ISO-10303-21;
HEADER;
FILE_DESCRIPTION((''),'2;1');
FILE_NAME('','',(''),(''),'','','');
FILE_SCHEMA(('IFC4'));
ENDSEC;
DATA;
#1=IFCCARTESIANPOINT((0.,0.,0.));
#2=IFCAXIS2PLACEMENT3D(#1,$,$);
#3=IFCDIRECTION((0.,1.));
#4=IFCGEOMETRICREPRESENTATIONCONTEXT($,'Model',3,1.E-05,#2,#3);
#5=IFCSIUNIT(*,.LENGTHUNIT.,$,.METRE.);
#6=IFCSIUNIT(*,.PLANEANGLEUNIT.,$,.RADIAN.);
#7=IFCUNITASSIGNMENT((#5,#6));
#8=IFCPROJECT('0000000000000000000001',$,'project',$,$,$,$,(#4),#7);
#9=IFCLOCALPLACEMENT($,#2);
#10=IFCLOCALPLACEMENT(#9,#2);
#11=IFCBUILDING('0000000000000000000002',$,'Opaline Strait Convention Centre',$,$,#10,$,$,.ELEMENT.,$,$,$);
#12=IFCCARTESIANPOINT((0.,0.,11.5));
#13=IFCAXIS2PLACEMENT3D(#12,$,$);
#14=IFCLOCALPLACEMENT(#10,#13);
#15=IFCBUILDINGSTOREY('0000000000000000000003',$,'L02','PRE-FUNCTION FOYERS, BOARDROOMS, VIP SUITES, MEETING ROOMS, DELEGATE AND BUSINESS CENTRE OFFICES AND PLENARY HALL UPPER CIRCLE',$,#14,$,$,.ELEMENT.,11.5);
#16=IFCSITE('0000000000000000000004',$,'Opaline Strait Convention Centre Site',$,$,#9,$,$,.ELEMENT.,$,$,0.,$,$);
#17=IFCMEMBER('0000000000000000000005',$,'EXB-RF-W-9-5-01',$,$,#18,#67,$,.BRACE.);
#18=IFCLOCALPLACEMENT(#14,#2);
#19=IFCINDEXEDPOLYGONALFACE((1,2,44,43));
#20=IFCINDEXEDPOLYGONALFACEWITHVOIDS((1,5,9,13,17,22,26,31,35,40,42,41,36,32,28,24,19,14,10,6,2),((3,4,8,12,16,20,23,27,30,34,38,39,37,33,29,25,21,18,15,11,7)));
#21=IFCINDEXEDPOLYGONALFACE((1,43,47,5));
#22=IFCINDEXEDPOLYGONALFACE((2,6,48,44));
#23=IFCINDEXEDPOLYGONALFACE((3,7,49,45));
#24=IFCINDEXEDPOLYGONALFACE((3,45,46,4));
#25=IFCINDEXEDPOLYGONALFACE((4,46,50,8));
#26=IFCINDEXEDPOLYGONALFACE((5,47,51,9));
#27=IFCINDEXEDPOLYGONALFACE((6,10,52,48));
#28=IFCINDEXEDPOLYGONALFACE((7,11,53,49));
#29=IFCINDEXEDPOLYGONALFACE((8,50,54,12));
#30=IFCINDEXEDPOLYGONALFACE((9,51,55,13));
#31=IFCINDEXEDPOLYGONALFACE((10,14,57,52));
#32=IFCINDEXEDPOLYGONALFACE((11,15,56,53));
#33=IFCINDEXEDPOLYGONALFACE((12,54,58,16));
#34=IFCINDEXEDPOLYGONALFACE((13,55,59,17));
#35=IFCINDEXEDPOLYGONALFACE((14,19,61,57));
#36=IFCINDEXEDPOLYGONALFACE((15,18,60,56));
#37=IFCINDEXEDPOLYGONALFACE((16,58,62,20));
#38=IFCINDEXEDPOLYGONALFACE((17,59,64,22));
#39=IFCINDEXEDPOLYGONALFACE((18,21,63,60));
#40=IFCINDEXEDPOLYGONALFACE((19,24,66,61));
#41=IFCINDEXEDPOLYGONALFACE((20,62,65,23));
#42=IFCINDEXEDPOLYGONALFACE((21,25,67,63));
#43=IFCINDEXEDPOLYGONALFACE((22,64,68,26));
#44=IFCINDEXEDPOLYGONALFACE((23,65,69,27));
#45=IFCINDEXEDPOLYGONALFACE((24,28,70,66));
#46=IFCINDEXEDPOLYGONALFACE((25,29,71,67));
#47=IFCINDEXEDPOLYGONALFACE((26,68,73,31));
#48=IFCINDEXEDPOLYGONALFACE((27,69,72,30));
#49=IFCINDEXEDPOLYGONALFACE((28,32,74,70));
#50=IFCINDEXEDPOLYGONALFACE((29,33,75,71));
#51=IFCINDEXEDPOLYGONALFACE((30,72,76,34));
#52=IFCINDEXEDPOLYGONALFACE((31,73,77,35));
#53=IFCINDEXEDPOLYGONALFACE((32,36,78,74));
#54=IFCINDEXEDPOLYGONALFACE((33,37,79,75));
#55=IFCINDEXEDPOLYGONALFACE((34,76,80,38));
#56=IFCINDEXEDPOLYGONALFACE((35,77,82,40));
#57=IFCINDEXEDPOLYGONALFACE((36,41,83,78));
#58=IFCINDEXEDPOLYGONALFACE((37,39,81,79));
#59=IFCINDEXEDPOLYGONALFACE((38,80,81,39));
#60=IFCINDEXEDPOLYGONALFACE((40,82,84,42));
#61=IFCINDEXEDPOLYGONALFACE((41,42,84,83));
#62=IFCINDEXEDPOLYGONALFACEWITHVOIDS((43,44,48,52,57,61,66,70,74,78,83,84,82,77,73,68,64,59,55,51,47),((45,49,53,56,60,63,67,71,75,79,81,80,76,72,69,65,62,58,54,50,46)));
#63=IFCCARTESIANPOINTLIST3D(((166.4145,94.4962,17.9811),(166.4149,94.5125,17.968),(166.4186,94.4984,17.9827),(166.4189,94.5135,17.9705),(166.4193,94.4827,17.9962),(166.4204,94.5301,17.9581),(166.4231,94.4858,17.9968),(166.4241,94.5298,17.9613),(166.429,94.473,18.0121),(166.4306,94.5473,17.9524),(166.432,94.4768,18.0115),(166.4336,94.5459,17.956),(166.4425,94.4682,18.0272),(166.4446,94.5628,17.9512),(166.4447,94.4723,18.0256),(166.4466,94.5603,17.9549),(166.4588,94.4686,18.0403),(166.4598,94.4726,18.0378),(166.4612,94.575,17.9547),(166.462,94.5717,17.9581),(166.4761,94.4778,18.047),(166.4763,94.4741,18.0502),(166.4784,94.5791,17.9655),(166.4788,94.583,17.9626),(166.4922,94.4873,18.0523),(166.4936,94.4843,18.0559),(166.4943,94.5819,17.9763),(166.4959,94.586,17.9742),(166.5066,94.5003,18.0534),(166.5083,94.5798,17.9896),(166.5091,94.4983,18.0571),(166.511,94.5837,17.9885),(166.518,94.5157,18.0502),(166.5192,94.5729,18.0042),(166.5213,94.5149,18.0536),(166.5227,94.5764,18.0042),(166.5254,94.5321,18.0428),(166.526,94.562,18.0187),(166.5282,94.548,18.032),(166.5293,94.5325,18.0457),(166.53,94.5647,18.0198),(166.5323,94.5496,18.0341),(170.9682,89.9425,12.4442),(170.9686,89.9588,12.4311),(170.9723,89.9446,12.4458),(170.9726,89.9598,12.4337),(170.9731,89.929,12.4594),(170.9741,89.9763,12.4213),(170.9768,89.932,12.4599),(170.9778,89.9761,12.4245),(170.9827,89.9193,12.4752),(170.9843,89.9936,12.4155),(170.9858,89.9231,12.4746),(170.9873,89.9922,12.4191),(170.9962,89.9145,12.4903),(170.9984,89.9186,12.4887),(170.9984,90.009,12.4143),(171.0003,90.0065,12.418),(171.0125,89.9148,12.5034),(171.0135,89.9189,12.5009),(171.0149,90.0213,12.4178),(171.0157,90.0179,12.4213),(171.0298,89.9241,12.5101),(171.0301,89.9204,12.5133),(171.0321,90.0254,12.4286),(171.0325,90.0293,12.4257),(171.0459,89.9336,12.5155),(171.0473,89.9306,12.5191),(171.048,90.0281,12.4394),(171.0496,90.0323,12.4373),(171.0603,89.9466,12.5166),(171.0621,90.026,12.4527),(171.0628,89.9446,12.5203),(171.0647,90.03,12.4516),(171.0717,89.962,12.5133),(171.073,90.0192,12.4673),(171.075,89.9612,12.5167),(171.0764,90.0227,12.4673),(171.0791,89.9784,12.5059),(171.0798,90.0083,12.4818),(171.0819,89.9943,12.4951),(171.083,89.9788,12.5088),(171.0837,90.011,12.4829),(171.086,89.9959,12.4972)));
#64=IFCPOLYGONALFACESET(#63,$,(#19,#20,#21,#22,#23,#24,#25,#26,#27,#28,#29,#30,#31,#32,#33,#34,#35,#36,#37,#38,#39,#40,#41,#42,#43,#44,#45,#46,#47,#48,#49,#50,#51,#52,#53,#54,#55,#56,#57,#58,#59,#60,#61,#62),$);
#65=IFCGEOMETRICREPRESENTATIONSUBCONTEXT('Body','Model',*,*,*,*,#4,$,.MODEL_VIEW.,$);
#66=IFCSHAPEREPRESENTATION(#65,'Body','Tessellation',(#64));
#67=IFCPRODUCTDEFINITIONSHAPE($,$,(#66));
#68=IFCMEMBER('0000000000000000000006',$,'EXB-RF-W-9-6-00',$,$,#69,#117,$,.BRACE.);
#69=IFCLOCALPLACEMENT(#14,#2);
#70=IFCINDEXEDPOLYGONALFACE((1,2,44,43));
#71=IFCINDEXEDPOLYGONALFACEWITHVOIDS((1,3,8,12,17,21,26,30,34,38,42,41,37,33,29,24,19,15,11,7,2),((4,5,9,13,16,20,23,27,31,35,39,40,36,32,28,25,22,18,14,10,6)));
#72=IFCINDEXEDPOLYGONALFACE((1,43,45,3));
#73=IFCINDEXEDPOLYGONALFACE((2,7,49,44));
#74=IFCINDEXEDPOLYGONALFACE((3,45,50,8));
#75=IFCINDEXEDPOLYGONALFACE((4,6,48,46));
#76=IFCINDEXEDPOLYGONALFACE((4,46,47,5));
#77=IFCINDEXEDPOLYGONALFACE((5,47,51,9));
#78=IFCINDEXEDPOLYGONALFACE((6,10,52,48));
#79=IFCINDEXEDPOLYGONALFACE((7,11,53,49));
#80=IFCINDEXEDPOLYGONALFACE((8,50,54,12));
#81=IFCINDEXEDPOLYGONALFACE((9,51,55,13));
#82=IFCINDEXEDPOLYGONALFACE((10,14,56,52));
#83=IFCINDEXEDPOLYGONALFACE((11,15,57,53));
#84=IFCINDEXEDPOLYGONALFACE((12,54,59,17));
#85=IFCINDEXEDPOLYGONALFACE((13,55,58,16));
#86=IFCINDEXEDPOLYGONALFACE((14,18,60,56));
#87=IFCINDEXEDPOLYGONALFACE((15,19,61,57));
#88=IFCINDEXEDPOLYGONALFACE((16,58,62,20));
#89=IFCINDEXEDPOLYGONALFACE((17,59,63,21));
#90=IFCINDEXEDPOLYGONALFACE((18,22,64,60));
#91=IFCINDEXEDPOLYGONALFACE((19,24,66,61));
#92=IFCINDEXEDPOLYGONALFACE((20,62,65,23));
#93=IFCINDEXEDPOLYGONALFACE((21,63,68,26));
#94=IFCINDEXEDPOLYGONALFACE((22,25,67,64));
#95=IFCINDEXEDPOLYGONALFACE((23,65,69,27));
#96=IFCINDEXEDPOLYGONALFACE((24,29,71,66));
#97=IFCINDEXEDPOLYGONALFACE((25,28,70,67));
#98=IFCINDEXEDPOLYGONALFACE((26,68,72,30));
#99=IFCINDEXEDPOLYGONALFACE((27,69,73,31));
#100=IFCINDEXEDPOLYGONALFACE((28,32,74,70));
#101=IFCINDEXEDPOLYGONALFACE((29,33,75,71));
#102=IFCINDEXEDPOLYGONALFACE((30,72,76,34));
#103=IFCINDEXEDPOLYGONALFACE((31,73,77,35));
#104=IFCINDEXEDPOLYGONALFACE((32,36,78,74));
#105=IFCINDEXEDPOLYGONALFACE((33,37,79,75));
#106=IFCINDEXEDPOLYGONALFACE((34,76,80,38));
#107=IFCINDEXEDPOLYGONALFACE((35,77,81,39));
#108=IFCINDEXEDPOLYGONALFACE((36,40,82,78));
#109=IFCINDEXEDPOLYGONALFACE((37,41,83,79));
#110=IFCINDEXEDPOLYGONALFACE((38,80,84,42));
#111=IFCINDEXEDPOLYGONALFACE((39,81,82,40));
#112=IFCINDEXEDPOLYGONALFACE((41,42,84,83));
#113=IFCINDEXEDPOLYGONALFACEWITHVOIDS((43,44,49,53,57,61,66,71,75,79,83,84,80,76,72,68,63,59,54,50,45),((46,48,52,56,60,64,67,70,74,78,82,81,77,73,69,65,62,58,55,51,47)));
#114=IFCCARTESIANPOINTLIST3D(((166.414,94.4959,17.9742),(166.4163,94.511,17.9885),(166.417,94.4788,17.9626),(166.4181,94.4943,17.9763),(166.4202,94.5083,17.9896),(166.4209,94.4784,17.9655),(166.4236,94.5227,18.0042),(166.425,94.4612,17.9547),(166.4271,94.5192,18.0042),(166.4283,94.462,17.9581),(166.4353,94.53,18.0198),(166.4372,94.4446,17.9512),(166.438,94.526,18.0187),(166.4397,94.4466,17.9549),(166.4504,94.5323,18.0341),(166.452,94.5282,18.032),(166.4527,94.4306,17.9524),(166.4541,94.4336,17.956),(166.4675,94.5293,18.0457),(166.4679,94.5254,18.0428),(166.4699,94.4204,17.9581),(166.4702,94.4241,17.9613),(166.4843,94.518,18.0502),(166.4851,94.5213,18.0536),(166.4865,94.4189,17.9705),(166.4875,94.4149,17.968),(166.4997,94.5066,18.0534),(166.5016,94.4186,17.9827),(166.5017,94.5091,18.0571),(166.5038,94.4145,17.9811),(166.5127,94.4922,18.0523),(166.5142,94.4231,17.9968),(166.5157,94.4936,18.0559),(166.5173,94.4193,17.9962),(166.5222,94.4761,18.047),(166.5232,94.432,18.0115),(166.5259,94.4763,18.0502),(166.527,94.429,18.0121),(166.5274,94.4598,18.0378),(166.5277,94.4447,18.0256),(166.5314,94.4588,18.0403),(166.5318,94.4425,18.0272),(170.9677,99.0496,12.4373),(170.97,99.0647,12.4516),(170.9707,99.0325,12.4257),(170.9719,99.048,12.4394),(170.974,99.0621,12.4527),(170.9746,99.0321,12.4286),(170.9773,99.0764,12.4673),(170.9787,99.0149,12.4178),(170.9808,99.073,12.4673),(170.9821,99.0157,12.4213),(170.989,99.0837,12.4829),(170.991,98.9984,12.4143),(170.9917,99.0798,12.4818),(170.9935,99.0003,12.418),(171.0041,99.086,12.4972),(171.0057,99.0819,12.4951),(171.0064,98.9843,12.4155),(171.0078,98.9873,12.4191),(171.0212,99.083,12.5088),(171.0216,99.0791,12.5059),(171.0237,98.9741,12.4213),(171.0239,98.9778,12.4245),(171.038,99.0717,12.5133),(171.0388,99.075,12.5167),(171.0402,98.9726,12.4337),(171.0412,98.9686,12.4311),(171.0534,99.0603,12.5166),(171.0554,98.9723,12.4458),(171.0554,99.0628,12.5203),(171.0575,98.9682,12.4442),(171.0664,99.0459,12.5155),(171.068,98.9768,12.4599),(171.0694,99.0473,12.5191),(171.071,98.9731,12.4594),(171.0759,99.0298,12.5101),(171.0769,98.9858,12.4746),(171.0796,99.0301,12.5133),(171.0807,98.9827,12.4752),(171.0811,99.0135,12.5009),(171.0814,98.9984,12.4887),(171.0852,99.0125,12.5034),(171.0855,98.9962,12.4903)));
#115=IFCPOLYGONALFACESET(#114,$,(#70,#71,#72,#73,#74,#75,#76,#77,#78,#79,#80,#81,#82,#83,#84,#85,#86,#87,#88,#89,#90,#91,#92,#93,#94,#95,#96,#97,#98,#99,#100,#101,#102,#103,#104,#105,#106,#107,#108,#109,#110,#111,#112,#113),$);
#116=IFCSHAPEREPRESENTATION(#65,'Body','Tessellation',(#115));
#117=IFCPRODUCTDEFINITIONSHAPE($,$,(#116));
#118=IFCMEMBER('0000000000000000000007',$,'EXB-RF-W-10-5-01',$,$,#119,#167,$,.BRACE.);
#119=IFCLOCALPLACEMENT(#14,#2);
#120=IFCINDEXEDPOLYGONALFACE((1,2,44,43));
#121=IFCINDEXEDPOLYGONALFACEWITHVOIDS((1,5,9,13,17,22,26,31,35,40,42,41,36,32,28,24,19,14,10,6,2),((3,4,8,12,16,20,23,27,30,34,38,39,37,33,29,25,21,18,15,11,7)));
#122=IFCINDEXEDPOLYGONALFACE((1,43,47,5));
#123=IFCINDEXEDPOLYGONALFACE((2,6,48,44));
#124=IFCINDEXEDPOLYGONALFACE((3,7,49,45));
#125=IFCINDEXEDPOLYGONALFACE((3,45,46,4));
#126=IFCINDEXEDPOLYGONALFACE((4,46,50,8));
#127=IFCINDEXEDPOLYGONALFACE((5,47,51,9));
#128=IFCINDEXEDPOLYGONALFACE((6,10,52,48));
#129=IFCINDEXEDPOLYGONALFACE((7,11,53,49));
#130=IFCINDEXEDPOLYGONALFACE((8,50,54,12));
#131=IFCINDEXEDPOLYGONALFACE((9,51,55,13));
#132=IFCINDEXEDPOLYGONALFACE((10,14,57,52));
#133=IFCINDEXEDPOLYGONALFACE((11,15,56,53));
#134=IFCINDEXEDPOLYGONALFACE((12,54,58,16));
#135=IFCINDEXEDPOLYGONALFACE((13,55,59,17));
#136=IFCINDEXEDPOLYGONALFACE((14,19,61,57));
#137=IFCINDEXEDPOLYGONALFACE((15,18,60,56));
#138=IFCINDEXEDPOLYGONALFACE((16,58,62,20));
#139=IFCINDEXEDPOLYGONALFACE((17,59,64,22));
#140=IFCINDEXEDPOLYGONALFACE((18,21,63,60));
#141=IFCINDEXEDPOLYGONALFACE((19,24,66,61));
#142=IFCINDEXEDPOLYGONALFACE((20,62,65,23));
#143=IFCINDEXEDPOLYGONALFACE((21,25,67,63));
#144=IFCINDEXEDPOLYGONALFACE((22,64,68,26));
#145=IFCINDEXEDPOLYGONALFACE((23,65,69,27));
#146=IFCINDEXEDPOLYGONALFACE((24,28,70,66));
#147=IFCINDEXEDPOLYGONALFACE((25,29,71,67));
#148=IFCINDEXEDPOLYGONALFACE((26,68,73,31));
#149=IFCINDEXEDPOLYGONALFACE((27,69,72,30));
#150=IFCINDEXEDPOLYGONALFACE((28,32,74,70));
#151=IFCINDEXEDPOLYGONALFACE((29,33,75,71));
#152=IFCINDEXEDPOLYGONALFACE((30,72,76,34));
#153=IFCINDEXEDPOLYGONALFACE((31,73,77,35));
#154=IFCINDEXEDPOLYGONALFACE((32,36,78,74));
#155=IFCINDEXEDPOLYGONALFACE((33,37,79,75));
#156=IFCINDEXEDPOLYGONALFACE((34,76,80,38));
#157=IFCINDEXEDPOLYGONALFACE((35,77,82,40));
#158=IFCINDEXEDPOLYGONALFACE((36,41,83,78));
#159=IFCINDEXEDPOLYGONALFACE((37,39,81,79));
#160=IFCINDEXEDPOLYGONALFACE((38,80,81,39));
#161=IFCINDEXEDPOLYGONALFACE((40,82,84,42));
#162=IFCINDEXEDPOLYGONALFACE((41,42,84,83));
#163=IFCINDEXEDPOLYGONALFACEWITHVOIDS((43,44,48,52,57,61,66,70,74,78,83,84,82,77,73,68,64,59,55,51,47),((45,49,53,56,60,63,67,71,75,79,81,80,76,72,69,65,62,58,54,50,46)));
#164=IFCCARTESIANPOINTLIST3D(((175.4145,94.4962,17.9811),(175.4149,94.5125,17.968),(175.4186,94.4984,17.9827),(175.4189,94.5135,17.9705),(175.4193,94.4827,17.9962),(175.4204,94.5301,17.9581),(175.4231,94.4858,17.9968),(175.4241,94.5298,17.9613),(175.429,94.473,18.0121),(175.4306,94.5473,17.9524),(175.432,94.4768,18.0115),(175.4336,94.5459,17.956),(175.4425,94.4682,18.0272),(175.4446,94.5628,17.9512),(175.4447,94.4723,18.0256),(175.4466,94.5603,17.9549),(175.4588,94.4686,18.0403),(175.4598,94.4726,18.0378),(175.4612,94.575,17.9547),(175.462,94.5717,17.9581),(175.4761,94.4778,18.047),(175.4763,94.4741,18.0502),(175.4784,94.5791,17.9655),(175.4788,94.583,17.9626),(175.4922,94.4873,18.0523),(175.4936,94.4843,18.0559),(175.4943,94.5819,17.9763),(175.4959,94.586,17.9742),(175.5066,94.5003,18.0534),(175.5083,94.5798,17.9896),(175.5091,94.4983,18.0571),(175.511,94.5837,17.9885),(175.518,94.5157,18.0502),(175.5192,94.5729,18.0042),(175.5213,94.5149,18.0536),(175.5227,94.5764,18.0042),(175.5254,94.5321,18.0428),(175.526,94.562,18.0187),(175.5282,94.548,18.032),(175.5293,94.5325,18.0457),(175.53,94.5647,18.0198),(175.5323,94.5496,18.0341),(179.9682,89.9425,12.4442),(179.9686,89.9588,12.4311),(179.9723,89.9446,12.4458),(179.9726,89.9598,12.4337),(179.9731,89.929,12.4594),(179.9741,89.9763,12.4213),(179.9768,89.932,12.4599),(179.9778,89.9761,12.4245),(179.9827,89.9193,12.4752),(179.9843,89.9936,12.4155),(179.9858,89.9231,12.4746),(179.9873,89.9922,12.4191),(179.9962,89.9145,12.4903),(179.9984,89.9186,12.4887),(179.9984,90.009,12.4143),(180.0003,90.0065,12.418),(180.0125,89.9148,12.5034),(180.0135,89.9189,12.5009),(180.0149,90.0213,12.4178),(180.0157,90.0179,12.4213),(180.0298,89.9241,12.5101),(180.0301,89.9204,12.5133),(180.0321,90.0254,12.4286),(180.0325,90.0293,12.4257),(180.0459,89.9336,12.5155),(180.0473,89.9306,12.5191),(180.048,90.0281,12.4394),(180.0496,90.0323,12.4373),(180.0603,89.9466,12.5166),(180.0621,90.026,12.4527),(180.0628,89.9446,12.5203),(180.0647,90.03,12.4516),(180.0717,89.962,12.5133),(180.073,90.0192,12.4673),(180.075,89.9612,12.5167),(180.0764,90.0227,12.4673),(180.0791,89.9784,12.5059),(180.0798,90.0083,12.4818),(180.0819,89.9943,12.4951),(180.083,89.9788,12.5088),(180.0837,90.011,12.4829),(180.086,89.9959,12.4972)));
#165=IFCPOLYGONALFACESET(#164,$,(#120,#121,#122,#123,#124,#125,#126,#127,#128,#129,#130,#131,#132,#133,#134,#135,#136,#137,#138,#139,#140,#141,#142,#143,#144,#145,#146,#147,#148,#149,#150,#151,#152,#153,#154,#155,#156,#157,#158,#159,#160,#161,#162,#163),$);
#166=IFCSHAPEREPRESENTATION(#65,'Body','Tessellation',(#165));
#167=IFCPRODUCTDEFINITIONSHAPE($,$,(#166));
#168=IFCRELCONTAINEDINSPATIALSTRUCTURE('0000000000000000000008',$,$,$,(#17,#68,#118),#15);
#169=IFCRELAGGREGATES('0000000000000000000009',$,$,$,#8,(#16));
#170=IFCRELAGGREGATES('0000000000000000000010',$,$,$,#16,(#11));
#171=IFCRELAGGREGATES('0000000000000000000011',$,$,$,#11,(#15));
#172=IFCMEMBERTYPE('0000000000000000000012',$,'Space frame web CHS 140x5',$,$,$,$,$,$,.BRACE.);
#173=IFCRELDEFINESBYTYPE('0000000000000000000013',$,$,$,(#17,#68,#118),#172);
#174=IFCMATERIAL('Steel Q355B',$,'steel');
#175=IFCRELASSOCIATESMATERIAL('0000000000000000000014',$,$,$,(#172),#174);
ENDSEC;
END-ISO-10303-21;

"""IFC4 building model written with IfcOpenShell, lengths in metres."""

from ifc_helpers import new_model, si_unit, direction, frame, origin, origin_2d, place, context, subcontext, project, spatial, hollow_circle, extrude, material, material_profile, profile_set, type_object, element, save


model = new_model("IFC4")

# Units and contexts
model_context = context("Model", 3, precision=1e-05, world=origin(), true_north=direction((0.0, 1.0)))
body_context = subcontext(model_context, "Body", "Model", "MODEL_VIEW")
ifc_project = project(units=[si_unit("LENGTHUNIT", "METRE"), si_unit("PLANEANGLEUNIT", "RADIAN")], contexts=[model_context])

# Site, building, storey
site_placement = place(None, origin())
site = spatial("IfcSite", under=ifc_project, at=site_placement, Name="Opaline Strait Convention Centre Site", CompositionType="ELEMENT", RefElevation=0.0)
building_placement = place(site_placement, origin())
building = spatial("IfcBuilding", under=site, at=building_placement, Name="Opaline Strait Convention Centre", CompositionType="ELEMENT")
storey_placement = place(building_placement, frame((0.0, 0.0, 11.5)))
storey = spatial("IfcBuildingStorey", under=building, at=storey_placement, Name="L02", Description="PRE-FUNCTION FOYERS, BOARDROOMS, VIP SUITES, MEETING ROOMS, DELEGATE AND BUSINESS CENTRE OFFICES AND PLENARY HALL UPPER CIRCLE", CompositionType="ELEMENT", Elevation=11.5)

# Members
ifc_material = material(Name="Steel Q355B", Category="steel")
ifc_material_profile_1 = material_profile(ifc_material, hollow_circle(Radius=0.0701, WallThickness=0.0049, at=origin_2d()), Name="CHS 140x5")
ifc_profile_set_1 = profile_set([ifc_material_profile_1], Name="Steel Q355B")
member_type_1 = type_object("IfcMemberType", Name="Space frame web CHS 140x5", PredefinedType="BRACE", material=ifc_profile_set_1)
for number, where, z_axis, x_axis, name in (
    (1, (166.4731, 94.5269, 18.0042), (0.536178, -0.536178, -0.65194), (0.707107, 0.707107, 0.0), "EXB-RF-W-9-5-01"),
    (2, (166.4731, 94.4731, 18.0042), (0.536178, 0.536178, -0.65194), (-0.707107, 0.707107, 0.0), "EXB-RF-W-9-6-00"),
    (3, (175.4731, 94.5269, 18.0042), (0.536178, -0.536178, -0.65194), (0.707107, 0.707107, 0.0), "EXB-RF-W-10-5-01"),
):
    element("IfcMember", number, at=place(storey_placement, frame(where, z_axis=z_axis, x_axis=x_axis)), inside=storey, type_object=member_type_1, Name=name, PredefinedType="BRACE", context=body_context, shape_type="SweptSolid", body=[
        extrude(hollow_circle(Radius=0.0701, WallThickness=0.0049, at=origin_2d()), origin(), (0.0, 0.0, 1.0), 8.4929),
    ])

save(model, "model.ifc")
